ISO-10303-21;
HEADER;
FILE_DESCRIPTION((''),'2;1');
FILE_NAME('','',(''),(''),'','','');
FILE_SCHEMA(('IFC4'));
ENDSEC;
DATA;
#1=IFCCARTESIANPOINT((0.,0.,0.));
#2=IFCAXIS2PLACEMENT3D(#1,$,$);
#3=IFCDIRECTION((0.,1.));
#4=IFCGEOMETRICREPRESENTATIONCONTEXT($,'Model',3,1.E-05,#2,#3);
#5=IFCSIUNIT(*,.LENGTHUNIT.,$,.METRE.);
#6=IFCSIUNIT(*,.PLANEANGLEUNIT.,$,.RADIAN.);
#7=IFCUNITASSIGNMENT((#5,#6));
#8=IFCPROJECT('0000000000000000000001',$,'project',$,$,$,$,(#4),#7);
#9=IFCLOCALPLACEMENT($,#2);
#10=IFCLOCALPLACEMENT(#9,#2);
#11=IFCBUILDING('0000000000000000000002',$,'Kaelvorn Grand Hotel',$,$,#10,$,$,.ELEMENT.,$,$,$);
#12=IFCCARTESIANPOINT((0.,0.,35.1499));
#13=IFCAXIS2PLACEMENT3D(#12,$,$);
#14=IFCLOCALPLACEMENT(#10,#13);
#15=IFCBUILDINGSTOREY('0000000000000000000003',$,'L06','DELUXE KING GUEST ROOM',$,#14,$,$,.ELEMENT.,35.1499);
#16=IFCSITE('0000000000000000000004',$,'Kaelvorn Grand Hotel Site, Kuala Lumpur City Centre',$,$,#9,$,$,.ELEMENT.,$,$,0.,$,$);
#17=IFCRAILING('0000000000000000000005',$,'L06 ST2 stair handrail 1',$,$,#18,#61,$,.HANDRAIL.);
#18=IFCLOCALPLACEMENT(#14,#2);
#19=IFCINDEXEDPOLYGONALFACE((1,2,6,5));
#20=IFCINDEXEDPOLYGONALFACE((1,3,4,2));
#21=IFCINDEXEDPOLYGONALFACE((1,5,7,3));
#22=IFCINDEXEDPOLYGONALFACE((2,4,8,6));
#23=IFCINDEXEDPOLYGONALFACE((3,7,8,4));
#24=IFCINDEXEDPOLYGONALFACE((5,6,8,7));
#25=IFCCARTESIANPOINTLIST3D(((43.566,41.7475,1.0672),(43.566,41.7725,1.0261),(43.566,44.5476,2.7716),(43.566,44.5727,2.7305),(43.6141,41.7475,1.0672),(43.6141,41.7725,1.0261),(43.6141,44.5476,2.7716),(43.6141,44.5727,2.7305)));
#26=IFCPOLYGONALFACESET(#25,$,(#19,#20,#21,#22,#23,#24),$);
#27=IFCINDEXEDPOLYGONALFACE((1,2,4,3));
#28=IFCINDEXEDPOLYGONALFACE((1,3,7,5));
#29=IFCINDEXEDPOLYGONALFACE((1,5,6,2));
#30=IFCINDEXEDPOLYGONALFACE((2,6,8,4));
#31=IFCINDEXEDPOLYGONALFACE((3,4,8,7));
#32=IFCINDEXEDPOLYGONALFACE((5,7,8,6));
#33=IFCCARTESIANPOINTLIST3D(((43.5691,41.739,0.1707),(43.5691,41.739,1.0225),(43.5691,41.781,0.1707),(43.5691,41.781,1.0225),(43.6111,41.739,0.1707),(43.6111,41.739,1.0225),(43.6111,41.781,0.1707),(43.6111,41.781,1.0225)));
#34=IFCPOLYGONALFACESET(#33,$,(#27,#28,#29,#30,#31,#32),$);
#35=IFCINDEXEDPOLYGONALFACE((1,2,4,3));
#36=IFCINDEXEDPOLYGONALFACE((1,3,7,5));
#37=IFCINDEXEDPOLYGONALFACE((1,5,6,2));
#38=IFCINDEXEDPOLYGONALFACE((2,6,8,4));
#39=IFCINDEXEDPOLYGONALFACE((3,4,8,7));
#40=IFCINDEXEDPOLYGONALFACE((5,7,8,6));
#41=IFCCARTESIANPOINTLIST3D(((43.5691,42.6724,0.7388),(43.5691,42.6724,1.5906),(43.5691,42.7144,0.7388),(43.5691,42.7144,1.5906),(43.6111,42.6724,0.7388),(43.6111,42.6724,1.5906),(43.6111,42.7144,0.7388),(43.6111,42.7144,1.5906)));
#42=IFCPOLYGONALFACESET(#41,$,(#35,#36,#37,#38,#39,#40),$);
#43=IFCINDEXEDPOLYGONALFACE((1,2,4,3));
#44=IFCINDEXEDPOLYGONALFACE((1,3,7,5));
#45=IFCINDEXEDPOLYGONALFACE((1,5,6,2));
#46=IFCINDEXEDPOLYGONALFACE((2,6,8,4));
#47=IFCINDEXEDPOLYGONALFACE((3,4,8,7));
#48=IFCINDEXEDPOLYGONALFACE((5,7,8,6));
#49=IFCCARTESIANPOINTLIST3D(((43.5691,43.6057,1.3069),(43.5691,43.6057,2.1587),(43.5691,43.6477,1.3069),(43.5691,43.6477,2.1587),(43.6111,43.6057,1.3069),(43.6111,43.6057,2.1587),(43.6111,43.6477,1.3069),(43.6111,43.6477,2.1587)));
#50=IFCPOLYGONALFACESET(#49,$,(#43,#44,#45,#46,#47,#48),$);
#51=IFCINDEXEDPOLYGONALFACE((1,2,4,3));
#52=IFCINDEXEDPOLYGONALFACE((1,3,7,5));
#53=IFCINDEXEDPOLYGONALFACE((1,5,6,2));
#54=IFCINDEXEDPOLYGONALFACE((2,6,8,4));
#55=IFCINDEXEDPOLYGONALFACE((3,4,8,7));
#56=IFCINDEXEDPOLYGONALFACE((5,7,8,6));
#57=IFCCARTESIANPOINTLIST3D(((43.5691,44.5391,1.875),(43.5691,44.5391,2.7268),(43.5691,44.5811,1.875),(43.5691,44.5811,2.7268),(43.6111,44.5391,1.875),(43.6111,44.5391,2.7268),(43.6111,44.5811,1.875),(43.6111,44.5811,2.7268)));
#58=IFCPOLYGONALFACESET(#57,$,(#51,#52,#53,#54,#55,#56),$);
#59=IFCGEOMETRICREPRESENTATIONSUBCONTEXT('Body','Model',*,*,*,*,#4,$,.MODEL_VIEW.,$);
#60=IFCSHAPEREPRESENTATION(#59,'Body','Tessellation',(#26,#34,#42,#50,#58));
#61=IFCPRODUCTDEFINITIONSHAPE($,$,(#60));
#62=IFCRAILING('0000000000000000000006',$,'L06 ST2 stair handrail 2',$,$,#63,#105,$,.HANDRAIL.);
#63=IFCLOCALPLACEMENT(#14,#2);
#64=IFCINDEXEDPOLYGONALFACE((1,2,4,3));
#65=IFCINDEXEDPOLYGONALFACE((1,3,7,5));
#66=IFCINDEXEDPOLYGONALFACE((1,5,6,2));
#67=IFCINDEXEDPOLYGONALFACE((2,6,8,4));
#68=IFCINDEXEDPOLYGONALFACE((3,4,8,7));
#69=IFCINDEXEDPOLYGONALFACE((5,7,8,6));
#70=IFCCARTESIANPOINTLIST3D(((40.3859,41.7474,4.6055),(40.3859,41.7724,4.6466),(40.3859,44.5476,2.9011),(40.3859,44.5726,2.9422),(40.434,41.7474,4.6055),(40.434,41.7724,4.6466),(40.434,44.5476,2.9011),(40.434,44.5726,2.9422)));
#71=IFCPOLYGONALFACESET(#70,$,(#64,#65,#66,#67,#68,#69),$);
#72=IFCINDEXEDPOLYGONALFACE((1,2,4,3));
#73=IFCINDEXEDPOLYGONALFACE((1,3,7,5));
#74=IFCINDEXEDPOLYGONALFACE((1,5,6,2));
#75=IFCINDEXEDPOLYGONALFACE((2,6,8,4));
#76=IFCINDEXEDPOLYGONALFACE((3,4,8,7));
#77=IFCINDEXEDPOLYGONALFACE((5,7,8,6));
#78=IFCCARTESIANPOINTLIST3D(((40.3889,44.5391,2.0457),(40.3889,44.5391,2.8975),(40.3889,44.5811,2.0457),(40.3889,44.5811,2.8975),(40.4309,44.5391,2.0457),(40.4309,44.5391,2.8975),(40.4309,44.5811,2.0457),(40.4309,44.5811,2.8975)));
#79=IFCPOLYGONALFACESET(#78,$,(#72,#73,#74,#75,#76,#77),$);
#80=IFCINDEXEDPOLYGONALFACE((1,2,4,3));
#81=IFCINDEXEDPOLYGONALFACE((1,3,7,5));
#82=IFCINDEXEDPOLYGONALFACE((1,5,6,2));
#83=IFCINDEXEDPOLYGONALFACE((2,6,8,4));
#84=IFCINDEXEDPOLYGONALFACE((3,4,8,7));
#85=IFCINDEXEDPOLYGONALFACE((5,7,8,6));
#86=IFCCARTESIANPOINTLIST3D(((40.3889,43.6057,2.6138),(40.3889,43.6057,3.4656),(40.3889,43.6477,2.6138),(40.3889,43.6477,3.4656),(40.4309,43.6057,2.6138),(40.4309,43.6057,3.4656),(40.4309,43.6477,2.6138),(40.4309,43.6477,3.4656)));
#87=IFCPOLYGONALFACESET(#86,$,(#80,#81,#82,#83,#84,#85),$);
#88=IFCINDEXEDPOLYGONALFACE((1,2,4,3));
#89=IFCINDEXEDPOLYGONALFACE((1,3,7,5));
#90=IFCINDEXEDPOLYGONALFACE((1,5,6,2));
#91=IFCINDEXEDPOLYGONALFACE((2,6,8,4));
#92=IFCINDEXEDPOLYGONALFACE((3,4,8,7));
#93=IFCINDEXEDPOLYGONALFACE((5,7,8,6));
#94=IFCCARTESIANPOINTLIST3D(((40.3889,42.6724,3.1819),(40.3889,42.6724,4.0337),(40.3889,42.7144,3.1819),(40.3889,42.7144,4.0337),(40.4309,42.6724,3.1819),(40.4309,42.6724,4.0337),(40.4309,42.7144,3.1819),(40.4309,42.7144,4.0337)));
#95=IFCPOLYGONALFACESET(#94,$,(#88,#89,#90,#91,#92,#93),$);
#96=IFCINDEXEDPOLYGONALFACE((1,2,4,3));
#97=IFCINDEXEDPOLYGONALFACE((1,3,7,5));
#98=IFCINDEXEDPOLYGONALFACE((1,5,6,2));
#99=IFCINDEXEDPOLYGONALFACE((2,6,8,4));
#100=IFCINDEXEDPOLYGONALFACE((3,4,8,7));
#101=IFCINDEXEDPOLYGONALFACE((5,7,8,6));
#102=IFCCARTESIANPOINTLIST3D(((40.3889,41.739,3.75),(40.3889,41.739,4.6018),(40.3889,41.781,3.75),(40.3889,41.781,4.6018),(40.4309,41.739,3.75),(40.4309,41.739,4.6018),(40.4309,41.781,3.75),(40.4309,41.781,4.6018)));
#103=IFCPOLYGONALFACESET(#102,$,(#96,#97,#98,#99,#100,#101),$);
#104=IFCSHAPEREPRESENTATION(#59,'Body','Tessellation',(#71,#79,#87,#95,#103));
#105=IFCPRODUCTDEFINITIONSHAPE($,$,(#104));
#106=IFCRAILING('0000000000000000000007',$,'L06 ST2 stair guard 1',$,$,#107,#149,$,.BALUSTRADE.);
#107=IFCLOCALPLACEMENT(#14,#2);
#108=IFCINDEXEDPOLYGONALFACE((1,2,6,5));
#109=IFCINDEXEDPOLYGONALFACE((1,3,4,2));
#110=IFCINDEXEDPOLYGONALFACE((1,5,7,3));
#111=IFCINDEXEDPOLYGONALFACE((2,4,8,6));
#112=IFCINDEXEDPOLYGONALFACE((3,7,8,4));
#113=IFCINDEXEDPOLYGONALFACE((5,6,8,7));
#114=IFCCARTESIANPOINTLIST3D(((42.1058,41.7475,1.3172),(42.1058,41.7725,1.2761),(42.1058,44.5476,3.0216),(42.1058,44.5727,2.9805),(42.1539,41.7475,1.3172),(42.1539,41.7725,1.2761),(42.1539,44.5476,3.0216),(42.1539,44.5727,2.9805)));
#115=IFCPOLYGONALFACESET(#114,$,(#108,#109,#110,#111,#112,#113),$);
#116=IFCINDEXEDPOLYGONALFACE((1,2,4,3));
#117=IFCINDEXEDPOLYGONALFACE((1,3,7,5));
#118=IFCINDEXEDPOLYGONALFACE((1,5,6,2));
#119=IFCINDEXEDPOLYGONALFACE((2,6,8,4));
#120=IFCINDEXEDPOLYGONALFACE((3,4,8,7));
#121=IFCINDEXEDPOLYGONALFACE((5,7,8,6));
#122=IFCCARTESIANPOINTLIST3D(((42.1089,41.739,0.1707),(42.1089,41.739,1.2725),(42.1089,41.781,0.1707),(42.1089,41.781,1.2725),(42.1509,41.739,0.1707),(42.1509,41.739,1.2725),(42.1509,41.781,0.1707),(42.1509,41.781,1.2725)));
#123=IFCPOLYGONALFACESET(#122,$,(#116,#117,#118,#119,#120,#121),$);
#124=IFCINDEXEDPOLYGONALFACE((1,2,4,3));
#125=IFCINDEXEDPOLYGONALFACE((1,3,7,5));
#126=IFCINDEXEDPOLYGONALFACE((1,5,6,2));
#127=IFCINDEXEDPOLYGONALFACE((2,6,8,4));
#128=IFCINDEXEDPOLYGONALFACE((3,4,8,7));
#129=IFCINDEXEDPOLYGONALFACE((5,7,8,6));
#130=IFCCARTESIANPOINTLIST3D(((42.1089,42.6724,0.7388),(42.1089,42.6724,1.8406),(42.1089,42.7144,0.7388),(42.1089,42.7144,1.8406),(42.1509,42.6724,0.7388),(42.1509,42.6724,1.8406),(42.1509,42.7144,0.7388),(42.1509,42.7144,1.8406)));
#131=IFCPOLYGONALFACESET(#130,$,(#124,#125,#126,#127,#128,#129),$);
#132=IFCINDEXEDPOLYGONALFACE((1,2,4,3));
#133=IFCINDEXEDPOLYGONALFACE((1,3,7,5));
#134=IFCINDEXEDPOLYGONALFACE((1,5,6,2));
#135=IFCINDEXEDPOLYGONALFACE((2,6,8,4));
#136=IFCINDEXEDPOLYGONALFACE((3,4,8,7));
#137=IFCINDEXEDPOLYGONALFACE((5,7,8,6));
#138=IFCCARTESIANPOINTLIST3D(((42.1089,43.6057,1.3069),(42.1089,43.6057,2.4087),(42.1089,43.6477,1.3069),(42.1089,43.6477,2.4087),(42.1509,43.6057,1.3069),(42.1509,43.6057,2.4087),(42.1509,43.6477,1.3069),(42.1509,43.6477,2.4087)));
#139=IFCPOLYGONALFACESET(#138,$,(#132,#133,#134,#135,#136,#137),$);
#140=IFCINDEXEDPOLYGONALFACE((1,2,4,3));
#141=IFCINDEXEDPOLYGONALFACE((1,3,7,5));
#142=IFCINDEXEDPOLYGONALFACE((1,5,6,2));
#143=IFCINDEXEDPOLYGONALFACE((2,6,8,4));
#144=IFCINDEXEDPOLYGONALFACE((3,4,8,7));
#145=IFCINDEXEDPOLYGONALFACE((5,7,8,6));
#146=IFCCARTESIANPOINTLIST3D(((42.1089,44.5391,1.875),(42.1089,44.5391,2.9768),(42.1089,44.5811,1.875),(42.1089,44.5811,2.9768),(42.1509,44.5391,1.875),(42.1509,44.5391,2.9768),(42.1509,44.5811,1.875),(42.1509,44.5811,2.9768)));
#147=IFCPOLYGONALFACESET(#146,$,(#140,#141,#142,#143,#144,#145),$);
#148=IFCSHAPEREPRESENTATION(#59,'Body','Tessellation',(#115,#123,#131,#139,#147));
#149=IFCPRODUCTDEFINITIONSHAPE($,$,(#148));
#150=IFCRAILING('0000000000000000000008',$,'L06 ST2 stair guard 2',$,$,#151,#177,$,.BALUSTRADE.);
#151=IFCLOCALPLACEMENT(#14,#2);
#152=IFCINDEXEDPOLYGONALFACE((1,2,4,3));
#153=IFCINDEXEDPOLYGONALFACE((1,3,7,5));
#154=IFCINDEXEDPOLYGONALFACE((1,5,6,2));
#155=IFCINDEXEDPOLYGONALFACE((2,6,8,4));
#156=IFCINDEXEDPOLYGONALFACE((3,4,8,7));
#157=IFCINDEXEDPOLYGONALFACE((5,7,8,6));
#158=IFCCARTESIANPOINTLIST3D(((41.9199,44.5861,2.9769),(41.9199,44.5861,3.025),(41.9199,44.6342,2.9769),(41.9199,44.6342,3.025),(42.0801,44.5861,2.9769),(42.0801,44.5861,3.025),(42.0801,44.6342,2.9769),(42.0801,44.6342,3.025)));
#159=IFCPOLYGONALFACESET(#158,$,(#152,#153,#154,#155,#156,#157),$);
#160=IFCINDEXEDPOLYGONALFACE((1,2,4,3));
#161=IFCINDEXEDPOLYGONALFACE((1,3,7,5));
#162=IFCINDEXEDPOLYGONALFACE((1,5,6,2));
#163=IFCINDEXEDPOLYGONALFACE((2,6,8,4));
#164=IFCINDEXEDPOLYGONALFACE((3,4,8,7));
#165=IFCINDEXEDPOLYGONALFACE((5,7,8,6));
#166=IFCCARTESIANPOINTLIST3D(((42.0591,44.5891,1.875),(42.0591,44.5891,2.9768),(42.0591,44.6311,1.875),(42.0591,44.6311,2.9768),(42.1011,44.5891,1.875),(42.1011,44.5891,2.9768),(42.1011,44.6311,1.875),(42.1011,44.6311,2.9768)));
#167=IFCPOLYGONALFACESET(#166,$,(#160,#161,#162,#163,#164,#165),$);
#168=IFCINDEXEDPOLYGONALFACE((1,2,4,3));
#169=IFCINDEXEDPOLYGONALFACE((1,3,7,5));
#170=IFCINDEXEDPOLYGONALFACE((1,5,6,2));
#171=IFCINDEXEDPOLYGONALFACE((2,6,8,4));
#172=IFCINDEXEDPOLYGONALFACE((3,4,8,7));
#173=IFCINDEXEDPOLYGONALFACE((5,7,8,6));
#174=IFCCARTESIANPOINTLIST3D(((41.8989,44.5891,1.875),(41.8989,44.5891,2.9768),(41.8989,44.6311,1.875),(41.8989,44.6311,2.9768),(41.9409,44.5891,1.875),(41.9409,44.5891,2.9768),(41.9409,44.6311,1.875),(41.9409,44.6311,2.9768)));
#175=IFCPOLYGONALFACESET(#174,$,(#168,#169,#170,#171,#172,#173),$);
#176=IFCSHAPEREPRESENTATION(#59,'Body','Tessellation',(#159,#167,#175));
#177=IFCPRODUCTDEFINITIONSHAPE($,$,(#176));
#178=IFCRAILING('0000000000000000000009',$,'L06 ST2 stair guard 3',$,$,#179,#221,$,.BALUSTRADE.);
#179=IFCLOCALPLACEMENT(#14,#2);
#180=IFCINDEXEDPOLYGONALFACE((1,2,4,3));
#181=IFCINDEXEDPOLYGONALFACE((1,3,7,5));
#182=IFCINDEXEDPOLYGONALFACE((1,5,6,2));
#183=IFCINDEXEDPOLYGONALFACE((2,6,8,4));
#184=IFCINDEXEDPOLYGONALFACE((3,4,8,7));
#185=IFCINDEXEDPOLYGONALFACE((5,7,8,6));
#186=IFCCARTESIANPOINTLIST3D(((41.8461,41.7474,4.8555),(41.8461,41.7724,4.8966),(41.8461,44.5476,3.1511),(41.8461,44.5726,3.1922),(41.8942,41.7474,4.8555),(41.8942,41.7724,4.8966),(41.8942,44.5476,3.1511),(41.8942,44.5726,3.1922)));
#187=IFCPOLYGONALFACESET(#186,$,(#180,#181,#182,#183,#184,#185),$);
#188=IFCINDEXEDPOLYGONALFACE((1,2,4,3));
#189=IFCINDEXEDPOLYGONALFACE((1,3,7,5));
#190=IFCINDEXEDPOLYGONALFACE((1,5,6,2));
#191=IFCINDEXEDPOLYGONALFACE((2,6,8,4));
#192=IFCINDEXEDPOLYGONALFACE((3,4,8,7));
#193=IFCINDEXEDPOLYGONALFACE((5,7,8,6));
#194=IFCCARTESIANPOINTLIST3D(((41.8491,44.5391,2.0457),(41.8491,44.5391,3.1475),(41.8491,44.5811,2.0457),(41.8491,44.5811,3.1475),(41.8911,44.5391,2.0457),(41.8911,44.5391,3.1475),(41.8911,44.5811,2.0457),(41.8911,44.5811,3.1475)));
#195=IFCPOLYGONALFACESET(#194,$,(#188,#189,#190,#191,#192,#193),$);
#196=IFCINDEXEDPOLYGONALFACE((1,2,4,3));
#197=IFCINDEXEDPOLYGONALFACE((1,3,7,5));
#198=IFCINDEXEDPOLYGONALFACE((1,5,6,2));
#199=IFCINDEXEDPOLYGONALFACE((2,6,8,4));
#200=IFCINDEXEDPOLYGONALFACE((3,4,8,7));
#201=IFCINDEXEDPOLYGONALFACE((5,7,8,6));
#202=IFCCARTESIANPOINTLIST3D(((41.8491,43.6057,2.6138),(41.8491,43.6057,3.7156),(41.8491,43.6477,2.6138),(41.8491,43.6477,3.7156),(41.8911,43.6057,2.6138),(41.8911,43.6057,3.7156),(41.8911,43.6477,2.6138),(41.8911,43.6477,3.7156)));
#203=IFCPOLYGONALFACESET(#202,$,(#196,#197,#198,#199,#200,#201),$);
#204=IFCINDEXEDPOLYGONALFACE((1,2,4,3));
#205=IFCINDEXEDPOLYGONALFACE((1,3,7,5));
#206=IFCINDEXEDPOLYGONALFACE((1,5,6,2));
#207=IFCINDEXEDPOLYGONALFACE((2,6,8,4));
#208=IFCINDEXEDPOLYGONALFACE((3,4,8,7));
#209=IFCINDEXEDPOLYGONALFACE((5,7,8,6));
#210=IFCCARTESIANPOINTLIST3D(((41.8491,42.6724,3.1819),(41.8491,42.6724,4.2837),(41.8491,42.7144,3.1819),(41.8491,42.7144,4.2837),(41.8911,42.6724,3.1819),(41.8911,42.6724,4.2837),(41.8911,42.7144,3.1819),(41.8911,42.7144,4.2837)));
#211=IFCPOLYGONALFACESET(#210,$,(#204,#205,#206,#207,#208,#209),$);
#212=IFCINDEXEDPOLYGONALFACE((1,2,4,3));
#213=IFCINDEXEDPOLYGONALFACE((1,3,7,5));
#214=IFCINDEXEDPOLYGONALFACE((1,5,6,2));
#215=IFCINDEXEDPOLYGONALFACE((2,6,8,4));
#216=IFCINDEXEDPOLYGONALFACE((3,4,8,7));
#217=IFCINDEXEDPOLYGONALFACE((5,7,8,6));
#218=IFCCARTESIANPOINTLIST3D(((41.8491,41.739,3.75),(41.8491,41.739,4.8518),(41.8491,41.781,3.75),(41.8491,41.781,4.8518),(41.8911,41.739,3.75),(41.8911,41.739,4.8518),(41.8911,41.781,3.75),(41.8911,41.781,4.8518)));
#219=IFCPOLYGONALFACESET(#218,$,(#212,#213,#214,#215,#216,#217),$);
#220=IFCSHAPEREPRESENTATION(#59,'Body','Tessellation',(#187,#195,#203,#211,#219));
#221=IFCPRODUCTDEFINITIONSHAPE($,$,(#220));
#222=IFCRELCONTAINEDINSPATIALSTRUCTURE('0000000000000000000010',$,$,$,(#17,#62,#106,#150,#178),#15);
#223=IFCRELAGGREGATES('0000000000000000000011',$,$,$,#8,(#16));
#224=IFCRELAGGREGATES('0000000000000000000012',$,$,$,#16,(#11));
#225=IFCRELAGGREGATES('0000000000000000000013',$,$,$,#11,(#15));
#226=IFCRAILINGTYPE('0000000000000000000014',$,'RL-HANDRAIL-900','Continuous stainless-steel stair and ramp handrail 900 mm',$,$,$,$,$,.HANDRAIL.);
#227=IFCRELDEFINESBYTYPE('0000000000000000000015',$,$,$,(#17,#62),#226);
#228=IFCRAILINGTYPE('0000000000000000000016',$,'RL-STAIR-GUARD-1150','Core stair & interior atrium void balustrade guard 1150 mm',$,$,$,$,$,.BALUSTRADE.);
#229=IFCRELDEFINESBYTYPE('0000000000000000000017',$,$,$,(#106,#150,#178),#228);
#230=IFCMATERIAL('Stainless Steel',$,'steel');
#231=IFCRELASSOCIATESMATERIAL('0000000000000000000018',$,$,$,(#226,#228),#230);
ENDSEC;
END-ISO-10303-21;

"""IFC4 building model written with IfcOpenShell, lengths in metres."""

from ifc_helpers import new_model, si_unit, direction, frame, origin, origin_2d, place, context, subcontext, project, spatial, rectangle, extrude, material, type_object, element, save


model = new_model("IFC4")

# Units and contexts
model_context = context("Model", 3, precision=1e-05, world=origin(), true_north=direction((0.0, 1.0)))
body_context = subcontext(model_context, "Body", "Model", "MODEL_VIEW")
ifc_project = project(units=[si_unit("LENGTHUNIT", "METRE"), si_unit("PLANEANGLEUNIT", "RADIAN")], contexts=[model_context])

# Site, building, storey
site_placement = place(None, origin())
site = spatial("IfcSite", under=ifc_project, at=site_placement, Name="Kaelvorn Grand Hotel Site, Kuala Lumpur City Centre", CompositionType="ELEMENT", RefElevation=0.0)
building_placement = place(site_placement, origin())
building = spatial("IfcBuilding", under=site, at=building_placement, Name="Kaelvorn Grand Hotel", CompositionType="ELEMENT")
storey_placement = place(building_placement, frame((0.0, 0.0, 35.1499)))
storey = spatial("IfcBuildingStorey", under=building, at=storey_placement, Name="L06", Description="DELUXE KING GUEST ROOM", CompositionType="ELEMENT", Elevation=35.1499)

# Railings
ifc_material_1 = material(Name="Stainless Steel", Category="steel")
railing_type_1 = type_object("IfcRailingType", Name="RL-HANDRAIL-900", Description="Continuous stainless-steel stair and ramp handrail 900 mm", PredefinedType="HANDRAIL", material=ifc_material_1)
railing_1_placement = place(storey_placement, frame((43.5901, 41.76, 0.1707)))
element("IfcRailing", 1, at=railing_1_placement, inside=storey, type_object=railing_type_1, Name="L06 ST2 stair handrail 1", PredefinedType="HANDRAIL", context=body_context, shape_type="SweptSolid", body=[
    extrude(rectangle(XDim=0.0481, YDim=0.0481, at=origin_2d()), frame((0.0, 0.0, 0.876), z_axis=(0.0, 0.854203, 0.51994), x_axis=(-1.0, 0.0, 0.0)), (0.0, 0.0, 1.0), 3.2781),
    extrude(rectangle(XDim=0.042, YDim=0.042, at=origin_2d()), origin(), (0.0, 0.0, 1.0), 0.8518),
    extrude(rectangle(XDim=0.042, YDim=0.042, at=origin_2d()), frame((0.0, 0.9333, 0.5681)), (0.0, 0.0, 1.0), 0.8518),
    extrude(rectangle(XDim=0.042, YDim=0.042, at=origin_2d()), frame((0.0, 1.8667, 1.1362)), (0.0, 0.0, 1.0), 0.8518),
    extrude(rectangle(XDim=0.042, YDim=0.042, at=origin_2d()), frame((0.0, 2.8, 1.7043)), (0.0, 0.0, 1.0), 0.8518),
])
railing_2_placement = place(storey_placement, frame((40.4099, 44.5601, 2.0457)))
element("IfcRailing", 2, at=railing_2_placement, inside=storey, type_object=railing_type_1, Name="L06 ST2 stair handrail 2", PredefinedType="HANDRAIL", context=body_context, shape_type="SweptSolid", body=[
    extrude(rectangle(XDim=0.0481, YDim=0.0481, at=origin_2d()), frame((0.0, 0.0, 0.876), z_axis=(0.0, -0.854203, 0.51994), x_axis=(1.0, 0.0, 0.0)), (0.0, 0.0, 1.0), 3.2781),
    extrude(rectangle(XDim=0.042, YDim=0.042, at=origin_2d()), origin(), (0.0, 0.0, 1.0), 0.8518),
    extrude(rectangle(XDim=0.042, YDim=0.042, at=origin_2d()), frame((0.0, -0.9333, 0.5681)), (0.0, 0.0, 1.0), 0.8518),
    extrude(rectangle(XDim=0.042, YDim=0.042, at=origin_2d()), frame((0.0, -1.8667, 1.1362)), (0.0, 0.0, 1.0), 0.8518),
    extrude(rectangle(XDim=0.042, YDim=0.042, at=origin_2d()), frame((0.0, -2.8, 1.7043)), (0.0, 0.0, 1.0), 0.8518),
])
railing_type_2 = type_object("IfcRailingType", Name="RL-STAIR-GUARD-1150", Description="Core stair & interior atrium void balustrade guard 1150 mm", PredefinedType="BALUSTRADE", material=ifc_material_1)
railing_3_placement = place(storey_placement, frame((42.1299, 41.76, 0.1707)))
element("IfcRailing", 3, at=railing_3_placement, inside=storey, type_object=railing_type_2, Name="L06 ST2 stair guard 1", PredefinedType="BALUSTRADE", context=body_context, shape_type="SweptSolid", body=[
    extrude(rectangle(XDim=0.0481, YDim=0.0481, at=origin_2d()), frame((0.0, 0.0, 1.126), z_axis=(0.0, 0.854203, 0.51994), x_axis=(-1.0, 0.0, 0.0)), (0.0, 0.0, 1.0), 3.2781),
    extrude(rectangle(XDim=0.042, YDim=0.042, at=origin_2d()), origin(), (0.0, 0.0, 1.0), 1.1018),
    extrude(rectangle(XDim=0.042, YDim=0.042, at=origin_2d()), frame((0.0, 0.9333, 0.5681)), (0.0, 0.0, 1.0), 1.1018),
    extrude(rectangle(XDim=0.042, YDim=0.042, at=origin_2d()), frame((0.0, 1.8667, 1.1362)), (0.0, 0.0, 1.0), 1.1018),
    extrude(rectangle(XDim=0.042, YDim=0.042, at=origin_2d()), frame((0.0, 2.8, 1.7043)), (0.0, 0.0, 1.0), 1.1018),
])
railing_4_placement = place(storey_placement, frame((42.0801, 44.6101, 1.875)))
element("IfcRailing", 4, at=railing_4_placement, inside=storey, type_object=railing_type_2, Name="L06 ST2 stair guard 2", PredefinedType="BALUSTRADE", context=body_context, shape_type="SweptSolid", body=[
    extrude(rectangle(XDim=0.0481, YDim=0.0481, at=origin_2d()), frame((0.0, 0.0, 1.126), z_axis=(-1.0, 0.0, 0.0), x_axis=(0.0, -1.0, 0.0)), (0.0, 0.0, 1.0), 0.1602),
    extrude(rectangle(XDim=0.042, YDim=0.042, at=origin_2d()), origin(), (0.0, 0.0, 1.0), 1.1018),
    extrude(rectangle(XDim=0.042, YDim=0.042, at=origin_2d()), frame((-0.1602, 0.0, 0.0)), (0.0, 0.0, 1.0), 1.1018),
])
railing_5_placement = place(storey_placement, frame((41.8701, 44.5601, 2.0457)))
element("IfcRailing", 5, at=railing_5_placement, inside=storey, type_object=railing_type_2, Name="L06 ST2 stair guard 3", PredefinedType="BALUSTRADE", context=body_context, shape_type="SweptSolid", body=[
    extrude(rectangle(XDim=0.0481, YDim=0.0481, at=origin_2d()), frame((0.0, 0.0, 1.126), z_axis=(0.0, -0.854203, 0.51994), x_axis=(1.0, 0.0, 0.0)), (0.0, 0.0, 1.0), 3.2781),
    extrude(rectangle(XDim=0.042, YDim=0.042, at=origin_2d()), origin(), (0.0, 0.0, 1.0), 1.1018),
    extrude(rectangle(XDim=0.042, YDim=0.042, at=origin_2d()), frame((0.0, -0.9333, 0.5681)), (0.0, 0.0, 1.0), 1.1018),
    extrude(rectangle(XDim=0.042, YDim=0.042, at=origin_2d()), frame((0.0, -1.8667, 1.1362)), (0.0, 0.0, 1.0), 1.1018),
    extrude(rectangle(XDim=0.042, YDim=0.042, at=origin_2d()), frame((0.0, -2.8, 1.7043)), (0.0, 0.0, 1.0), 1.1018),
])

save(model, "model.ifc")
